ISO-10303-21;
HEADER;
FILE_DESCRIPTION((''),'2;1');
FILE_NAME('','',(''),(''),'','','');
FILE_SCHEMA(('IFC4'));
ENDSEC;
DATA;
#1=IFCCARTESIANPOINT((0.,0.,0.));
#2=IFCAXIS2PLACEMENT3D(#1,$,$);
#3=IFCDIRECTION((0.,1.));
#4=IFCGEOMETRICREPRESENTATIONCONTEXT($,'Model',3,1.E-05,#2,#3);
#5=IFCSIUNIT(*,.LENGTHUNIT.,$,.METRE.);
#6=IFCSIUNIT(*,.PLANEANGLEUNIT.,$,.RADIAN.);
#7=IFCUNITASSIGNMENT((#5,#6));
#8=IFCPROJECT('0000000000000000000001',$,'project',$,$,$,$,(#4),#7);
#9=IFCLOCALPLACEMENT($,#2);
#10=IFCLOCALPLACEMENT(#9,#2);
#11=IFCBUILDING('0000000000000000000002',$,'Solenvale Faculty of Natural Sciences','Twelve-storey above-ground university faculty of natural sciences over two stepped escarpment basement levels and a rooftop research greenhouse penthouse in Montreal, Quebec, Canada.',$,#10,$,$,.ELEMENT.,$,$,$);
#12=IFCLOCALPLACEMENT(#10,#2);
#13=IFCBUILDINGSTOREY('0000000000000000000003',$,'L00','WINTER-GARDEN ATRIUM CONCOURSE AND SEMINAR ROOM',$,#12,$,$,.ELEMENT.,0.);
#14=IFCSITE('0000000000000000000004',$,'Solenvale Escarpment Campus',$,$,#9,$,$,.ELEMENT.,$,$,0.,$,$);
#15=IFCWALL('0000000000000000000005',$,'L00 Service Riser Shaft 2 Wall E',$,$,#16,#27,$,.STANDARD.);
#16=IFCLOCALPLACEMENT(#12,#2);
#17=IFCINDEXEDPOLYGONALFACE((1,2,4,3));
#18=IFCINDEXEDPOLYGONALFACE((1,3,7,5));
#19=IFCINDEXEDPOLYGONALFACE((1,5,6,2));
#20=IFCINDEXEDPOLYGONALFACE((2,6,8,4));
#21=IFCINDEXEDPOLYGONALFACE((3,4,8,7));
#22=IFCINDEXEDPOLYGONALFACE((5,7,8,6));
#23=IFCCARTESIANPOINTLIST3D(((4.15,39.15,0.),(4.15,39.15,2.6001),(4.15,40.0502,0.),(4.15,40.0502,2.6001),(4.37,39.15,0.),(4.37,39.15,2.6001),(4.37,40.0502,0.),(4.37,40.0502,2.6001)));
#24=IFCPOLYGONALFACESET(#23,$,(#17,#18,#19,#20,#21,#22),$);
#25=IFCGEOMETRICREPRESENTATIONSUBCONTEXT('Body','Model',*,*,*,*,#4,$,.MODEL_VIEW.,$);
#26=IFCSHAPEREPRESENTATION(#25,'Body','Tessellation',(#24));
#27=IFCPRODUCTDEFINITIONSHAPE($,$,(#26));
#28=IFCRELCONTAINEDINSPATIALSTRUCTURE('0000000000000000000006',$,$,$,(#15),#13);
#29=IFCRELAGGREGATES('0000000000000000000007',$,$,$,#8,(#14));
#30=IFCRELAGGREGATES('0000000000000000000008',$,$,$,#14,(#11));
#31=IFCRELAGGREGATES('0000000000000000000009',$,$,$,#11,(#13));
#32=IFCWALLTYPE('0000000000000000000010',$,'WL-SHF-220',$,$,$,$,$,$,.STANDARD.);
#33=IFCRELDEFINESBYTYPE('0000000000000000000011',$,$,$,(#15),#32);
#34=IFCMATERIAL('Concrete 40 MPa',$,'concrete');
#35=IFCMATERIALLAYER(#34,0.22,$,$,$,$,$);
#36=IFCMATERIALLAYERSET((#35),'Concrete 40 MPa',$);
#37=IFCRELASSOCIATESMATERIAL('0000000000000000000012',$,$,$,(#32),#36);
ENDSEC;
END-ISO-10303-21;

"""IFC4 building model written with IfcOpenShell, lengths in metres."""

from ifc_helpers import new_model, si_unit, direction, frame, frame_2d, origin, place, context, subcontext, project, spatial, rectangle, extrude, material, layer, layer_set, type_object, element, save


model = new_model("IFC4")

# Units and contexts
model_context = context("Model", 3, precision=1e-05, world=origin(), true_north=direction((0.0, 1.0)))
body_context = subcontext(model_context, "Body", "Model", "MODEL_VIEW")
ifc_project = project(units=[si_unit("LENGTHUNIT", "METRE"), si_unit("PLANEANGLEUNIT", "RADIAN")], contexts=[model_context])

# Site, building, storey
site_placement = place(None, origin())
site = spatial("IfcSite", under=ifc_project, at=site_placement, Name="Solenvale Escarpment Campus", CompositionType="ELEMENT", RefElevation=0.0)
building_placement = place(site_placement, origin())
building = spatial("IfcBuilding", under=site, at=building_placement, Name="Solenvale Faculty of Natural Sciences", Description="Twelve-storey above-ground university faculty of natural sciences over two stepped escarpment basement levels and a rooftop research greenhouse penthouse in Montreal, Quebec, Canada.", CompositionType="ELEMENT")
storey_placement = place(building_placement, origin())
storey = spatial("IfcBuildingStorey", under=building, at=storey_placement, Name="L00", Description="WINTER-GARDEN ATRIUM CONCOURSE AND SEMINAR ROOM", CompositionType="ELEMENT", Elevation=0.0)

# Shared definitions
ifc_material_1 = material(Name="Concrete 40 MPa", Category="concrete")

# Wall
ifc_layer_1 = layer(ifc_material_1, 0.22)
ifc_layer_set_1 = layer_set([ifc_layer_1], Name="Concrete 40 MPa")
wall_type_1 = type_object("IfcWallType", Name="WL-SHF-220", PredefinedType="STANDARD", material=ifc_layer_set_1)
for number, where, z_axis, x_axis, name in (
    (1, (4.26, 39.1499, 0.0), (0.0, 0.0, 1.0), (0.0, 1.0, 0.0), "L00 Service Riser Shaft 2 Wall E"),
):
    element("IfcWall", number, at=place(storey_placement, frame(where, z_axis=z_axis, x_axis=x_axis)), inside=storey, type_object=wall_type_1, Name=name, PredefinedType="STANDARD", context=body_context, shape_type="SweptSolid", body=[
        extrude(rectangle(XDim=0.9001, YDim=0.22, at=frame_2d((0.4502, 0.0))), origin(), (0.0, 0.0, 1.0), 2.6001),
    ])

save(model, "model.ifc")
